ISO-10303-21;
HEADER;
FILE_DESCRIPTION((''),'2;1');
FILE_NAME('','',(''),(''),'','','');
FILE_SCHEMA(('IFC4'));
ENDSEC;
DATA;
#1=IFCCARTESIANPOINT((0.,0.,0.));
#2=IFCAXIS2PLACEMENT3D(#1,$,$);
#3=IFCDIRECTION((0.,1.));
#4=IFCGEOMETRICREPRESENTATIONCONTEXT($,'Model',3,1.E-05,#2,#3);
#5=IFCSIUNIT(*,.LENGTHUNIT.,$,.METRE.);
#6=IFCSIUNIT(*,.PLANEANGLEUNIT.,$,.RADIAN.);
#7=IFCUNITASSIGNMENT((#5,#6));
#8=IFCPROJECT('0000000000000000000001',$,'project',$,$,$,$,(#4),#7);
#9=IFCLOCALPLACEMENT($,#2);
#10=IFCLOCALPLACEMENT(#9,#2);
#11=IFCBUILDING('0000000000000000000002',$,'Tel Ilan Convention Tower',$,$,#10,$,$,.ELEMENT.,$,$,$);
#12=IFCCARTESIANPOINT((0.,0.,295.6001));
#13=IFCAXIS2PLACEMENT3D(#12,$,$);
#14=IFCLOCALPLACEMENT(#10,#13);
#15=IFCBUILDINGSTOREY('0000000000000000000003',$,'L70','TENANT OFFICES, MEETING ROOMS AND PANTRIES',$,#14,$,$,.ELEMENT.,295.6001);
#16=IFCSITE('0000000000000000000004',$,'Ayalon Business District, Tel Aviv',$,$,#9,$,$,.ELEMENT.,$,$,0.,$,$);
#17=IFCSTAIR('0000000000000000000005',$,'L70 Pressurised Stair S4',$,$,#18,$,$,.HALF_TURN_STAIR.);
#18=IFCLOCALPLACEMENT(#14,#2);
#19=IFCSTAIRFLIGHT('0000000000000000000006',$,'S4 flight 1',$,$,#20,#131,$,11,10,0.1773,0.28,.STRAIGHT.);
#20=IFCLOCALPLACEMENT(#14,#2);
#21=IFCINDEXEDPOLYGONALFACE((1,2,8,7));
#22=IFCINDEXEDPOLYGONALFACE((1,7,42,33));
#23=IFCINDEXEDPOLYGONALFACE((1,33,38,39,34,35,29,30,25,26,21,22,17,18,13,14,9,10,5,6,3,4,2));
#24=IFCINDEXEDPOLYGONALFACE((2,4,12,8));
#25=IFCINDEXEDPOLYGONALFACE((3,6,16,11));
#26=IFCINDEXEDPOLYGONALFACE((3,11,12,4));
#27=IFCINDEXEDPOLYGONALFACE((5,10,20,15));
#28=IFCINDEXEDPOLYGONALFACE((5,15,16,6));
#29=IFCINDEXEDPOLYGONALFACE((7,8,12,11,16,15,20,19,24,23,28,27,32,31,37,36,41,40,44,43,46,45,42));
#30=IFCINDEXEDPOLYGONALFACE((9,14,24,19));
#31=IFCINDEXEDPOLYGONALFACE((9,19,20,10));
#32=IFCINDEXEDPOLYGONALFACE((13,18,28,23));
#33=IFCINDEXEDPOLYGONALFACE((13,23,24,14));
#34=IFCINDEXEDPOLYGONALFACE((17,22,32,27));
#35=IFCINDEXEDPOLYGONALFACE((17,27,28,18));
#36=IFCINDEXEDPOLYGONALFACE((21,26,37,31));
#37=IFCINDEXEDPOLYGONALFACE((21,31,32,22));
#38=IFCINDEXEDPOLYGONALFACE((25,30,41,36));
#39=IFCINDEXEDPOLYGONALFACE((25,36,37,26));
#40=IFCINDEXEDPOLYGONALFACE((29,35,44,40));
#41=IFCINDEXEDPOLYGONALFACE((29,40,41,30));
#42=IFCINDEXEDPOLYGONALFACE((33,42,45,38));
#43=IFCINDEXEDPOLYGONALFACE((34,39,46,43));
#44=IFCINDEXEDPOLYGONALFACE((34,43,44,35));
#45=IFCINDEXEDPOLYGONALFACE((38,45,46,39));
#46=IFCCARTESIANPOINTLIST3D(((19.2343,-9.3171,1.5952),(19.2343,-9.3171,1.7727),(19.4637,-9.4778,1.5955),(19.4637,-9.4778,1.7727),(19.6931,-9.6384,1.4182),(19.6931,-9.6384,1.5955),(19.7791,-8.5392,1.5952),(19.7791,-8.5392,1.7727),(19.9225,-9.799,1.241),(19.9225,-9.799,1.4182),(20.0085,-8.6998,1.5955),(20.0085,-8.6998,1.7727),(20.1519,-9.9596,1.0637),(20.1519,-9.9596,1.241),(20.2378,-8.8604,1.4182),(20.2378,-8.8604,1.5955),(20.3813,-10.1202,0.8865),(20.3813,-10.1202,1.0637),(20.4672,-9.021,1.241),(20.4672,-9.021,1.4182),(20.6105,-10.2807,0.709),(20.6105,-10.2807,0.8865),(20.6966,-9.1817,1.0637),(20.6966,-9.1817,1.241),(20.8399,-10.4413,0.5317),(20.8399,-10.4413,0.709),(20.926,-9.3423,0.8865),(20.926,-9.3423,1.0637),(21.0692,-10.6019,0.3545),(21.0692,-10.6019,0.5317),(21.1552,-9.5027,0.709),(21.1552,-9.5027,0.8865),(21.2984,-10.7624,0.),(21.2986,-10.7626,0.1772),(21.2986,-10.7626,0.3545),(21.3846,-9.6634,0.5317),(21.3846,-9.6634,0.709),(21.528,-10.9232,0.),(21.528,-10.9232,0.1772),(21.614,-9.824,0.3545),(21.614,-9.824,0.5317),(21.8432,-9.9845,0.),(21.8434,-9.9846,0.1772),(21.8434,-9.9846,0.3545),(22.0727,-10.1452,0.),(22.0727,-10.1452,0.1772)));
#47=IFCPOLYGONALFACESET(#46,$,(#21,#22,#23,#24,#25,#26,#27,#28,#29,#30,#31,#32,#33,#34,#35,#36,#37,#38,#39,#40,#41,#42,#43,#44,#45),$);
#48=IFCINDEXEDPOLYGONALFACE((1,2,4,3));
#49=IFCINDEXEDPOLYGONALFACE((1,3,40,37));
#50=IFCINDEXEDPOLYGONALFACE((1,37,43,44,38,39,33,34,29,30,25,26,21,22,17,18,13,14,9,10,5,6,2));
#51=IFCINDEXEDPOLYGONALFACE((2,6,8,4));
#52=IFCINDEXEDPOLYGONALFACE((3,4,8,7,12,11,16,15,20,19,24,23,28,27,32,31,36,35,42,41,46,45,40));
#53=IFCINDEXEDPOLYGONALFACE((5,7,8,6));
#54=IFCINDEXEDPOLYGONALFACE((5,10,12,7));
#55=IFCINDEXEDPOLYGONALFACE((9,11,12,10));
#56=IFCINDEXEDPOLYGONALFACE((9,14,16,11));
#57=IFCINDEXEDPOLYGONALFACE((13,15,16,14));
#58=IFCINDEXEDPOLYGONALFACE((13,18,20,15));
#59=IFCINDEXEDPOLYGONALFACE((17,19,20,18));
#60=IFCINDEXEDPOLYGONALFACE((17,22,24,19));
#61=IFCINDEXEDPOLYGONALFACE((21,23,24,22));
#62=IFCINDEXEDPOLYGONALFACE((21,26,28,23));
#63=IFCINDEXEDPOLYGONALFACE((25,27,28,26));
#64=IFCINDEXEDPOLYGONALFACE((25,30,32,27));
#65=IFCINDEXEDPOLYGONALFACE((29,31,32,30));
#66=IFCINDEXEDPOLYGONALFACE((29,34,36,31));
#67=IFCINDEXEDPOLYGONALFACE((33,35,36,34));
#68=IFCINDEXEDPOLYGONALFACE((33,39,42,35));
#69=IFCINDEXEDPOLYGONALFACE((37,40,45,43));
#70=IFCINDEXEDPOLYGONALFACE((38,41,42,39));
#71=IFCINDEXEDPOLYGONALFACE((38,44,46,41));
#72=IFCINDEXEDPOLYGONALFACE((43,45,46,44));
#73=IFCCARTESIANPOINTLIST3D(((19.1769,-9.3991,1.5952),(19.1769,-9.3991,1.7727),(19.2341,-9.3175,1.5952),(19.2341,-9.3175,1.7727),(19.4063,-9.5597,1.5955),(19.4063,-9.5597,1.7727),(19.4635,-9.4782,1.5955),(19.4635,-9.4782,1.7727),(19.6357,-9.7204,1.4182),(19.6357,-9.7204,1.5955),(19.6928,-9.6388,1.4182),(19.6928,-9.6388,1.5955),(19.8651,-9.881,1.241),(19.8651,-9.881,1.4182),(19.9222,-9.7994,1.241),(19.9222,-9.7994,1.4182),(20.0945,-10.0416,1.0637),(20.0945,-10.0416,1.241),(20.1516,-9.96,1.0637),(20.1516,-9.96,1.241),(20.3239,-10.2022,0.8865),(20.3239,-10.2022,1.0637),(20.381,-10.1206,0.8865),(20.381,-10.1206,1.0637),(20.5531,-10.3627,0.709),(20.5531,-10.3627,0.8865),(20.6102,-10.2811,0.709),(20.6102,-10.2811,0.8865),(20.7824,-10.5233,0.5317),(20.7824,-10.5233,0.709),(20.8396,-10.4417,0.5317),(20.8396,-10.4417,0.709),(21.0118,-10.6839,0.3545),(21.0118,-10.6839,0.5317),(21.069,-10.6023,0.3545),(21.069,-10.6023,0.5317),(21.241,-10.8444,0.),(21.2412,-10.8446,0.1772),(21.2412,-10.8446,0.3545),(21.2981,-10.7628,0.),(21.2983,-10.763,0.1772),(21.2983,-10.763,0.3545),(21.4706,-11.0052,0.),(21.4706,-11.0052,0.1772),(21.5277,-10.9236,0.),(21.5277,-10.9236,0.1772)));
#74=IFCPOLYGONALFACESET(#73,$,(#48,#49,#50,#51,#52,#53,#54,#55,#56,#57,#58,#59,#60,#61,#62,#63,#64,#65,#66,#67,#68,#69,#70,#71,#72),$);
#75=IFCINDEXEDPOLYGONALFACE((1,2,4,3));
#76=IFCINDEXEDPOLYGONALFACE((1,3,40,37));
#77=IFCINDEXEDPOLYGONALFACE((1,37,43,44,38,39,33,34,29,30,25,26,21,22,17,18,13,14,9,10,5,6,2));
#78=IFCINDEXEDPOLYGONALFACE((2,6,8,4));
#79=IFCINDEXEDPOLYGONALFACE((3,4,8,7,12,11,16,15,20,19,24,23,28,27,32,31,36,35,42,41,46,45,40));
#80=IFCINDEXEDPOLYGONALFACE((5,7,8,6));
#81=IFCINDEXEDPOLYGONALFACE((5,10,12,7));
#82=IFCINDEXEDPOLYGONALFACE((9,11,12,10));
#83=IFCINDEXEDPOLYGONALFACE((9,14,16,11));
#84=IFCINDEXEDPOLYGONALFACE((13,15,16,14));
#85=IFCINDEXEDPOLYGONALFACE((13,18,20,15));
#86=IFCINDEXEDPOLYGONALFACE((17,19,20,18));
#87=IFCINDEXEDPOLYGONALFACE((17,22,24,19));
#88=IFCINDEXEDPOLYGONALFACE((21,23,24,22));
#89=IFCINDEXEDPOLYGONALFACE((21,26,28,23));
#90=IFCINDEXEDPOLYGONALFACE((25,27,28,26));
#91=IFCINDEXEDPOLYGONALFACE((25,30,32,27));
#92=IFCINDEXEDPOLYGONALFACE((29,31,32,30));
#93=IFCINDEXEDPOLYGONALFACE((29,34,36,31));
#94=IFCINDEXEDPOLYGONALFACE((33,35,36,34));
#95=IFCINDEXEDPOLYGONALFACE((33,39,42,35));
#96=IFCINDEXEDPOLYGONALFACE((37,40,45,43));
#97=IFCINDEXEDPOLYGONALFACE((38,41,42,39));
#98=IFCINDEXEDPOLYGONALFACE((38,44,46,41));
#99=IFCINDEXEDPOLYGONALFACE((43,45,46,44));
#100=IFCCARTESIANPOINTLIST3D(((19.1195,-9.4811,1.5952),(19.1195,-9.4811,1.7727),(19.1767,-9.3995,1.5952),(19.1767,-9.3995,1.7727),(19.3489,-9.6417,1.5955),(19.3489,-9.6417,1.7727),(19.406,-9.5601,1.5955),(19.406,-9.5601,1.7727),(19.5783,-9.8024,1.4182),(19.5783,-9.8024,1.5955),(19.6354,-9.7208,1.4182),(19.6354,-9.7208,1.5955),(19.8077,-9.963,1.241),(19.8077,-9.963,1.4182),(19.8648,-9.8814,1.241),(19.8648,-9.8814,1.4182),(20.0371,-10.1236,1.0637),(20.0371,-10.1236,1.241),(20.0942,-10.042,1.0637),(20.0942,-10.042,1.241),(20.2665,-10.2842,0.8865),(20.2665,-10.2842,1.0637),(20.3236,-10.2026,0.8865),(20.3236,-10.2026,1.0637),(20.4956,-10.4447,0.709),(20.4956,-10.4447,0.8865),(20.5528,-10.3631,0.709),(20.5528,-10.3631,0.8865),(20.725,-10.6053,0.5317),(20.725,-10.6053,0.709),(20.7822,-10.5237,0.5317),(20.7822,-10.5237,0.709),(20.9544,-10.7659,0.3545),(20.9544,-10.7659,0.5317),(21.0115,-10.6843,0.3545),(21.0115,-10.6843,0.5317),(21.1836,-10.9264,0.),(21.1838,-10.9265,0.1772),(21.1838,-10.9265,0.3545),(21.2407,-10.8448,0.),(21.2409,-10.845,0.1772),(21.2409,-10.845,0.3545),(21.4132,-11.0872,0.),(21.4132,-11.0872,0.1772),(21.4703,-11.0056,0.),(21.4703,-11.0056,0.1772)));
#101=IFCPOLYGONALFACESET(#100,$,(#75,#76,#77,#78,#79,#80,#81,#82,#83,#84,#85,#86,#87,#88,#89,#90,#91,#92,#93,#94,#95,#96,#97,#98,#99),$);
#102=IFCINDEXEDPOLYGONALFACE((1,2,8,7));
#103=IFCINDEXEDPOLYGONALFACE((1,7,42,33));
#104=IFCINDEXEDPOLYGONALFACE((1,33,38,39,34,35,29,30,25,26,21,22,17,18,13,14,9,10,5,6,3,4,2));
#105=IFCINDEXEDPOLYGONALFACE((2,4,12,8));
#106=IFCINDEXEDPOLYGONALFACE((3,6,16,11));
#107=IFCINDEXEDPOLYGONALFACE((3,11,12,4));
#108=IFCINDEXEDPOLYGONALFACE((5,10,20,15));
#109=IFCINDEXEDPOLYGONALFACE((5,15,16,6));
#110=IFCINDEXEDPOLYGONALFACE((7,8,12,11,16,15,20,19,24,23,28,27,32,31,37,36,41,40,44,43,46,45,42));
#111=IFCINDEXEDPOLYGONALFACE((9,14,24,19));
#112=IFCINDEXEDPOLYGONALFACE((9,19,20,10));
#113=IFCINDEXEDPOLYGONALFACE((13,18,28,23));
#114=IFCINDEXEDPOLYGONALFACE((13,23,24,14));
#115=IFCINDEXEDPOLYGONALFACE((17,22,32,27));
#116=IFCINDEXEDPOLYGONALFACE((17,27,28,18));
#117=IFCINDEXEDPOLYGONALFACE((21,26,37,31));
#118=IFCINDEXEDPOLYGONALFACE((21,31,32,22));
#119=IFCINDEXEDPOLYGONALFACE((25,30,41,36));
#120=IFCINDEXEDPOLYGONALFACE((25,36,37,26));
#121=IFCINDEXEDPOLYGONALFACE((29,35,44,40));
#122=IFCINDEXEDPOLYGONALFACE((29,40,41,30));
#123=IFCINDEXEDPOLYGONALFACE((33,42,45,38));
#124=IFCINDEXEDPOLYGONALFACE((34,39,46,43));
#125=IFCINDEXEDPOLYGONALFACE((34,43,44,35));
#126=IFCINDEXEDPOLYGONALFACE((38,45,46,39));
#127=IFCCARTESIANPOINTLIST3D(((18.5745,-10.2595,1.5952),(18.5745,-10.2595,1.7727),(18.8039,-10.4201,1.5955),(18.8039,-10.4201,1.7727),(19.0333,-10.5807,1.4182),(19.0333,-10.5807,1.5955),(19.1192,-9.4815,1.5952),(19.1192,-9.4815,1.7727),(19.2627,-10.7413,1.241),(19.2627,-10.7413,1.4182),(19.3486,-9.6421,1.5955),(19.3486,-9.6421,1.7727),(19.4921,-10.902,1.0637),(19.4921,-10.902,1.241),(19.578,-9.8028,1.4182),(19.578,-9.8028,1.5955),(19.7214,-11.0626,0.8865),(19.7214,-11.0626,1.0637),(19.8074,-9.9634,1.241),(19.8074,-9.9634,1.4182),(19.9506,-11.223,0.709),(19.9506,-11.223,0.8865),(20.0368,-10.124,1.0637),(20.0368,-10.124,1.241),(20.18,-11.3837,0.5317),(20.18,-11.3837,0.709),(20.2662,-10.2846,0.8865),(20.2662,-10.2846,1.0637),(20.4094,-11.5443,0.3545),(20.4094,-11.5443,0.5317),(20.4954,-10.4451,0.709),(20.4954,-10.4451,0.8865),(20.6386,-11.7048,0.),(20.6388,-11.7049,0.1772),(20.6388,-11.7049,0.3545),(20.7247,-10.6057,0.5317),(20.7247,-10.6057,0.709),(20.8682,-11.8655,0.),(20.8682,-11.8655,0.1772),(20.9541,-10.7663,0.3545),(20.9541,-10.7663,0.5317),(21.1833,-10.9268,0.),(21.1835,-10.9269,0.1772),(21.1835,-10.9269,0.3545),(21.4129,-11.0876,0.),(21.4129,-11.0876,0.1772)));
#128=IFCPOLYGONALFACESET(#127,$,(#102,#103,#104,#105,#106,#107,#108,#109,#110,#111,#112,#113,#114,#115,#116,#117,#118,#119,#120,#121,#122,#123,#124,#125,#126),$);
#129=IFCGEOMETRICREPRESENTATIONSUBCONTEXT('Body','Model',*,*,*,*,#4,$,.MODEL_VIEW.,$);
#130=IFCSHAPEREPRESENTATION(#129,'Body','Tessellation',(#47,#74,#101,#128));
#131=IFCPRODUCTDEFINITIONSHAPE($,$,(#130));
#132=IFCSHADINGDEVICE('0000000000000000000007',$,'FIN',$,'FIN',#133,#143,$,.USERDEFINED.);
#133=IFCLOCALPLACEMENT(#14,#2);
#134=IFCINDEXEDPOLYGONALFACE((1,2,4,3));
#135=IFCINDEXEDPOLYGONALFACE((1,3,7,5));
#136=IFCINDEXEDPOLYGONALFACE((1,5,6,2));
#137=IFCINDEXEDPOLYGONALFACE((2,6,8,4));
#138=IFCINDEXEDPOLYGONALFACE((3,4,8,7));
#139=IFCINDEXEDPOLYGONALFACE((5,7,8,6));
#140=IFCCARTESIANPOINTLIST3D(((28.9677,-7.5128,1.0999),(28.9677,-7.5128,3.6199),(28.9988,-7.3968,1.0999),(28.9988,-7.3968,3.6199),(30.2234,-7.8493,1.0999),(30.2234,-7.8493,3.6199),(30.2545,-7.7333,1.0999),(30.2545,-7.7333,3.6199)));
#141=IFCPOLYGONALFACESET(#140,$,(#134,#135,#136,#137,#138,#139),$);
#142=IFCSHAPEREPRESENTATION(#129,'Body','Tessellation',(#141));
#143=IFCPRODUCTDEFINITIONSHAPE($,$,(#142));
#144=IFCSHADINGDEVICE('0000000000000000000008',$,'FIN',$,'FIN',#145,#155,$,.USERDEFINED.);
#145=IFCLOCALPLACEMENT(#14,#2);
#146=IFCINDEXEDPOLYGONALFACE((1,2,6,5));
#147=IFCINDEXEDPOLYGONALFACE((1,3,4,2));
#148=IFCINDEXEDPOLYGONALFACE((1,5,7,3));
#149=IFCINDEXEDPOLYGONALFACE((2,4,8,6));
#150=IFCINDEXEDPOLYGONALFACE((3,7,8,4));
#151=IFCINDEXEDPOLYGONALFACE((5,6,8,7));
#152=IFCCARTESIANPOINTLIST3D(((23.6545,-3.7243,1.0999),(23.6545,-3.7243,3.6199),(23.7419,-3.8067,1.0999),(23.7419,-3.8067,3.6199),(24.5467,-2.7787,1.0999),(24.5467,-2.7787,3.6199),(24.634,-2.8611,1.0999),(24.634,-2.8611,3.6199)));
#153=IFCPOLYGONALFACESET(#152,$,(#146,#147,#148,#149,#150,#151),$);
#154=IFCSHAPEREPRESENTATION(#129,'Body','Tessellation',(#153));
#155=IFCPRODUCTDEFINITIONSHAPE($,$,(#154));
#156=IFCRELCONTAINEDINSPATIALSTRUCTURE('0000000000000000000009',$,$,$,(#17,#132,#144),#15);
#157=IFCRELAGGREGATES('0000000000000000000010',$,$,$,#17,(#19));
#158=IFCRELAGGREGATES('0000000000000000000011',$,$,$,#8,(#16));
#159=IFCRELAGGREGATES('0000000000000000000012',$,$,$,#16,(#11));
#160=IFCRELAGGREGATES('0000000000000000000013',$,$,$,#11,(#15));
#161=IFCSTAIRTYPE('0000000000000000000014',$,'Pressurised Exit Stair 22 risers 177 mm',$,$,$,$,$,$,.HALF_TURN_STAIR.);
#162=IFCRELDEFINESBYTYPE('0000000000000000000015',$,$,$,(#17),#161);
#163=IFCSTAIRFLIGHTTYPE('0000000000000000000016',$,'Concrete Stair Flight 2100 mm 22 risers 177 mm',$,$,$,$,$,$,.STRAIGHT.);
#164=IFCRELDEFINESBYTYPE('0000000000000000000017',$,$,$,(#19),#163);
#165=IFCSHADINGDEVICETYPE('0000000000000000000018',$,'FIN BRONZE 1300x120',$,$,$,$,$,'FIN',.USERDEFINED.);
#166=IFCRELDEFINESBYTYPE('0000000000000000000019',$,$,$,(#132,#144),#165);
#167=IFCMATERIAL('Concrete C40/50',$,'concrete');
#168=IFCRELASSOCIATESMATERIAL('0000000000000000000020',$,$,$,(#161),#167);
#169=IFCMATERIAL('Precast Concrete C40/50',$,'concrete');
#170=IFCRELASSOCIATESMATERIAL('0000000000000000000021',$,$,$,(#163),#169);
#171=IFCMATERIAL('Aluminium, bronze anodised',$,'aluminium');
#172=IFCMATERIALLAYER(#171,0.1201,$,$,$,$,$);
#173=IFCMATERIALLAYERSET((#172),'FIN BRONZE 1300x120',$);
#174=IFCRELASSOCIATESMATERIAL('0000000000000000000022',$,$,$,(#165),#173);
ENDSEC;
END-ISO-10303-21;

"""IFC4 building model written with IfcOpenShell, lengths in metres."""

from ifc_helpers import new_model, si_unit, direction, frame, origin, origin_2d, place, context, subcontext, project, spatial, polyline, rectangle, outline, extrude, material, layer, layer_set, type_object, element, aggregate, save


model = new_model("IFC4")

# Units and contexts
model_context = context("Model", 3, precision=1e-05, world=origin(), true_north=direction((0.0, 1.0)))
body_context = subcontext(model_context, "Body", "Model", "MODEL_VIEW")
ifc_project = project(units=[si_unit("LENGTHUNIT", "METRE"), si_unit("PLANEANGLEUNIT", "RADIAN")], contexts=[model_context])

# Site, building, storey
site_placement = place(None, origin())
site = spatial("IfcSite", under=ifc_project, at=site_placement, Name="Ayalon Business District, Tel Aviv", CompositionType="ELEMENT", RefElevation=0.0)
building_placement = place(site_placement, origin())
building = spatial("IfcBuilding", under=site, at=building_placement, Name="Tel Ilan Convention Tower", CompositionType="ELEMENT")
storey_placement = place(building_placement, frame((0.0, 0.0, 295.6001)))
storey = spatial("IfcBuildingStorey", under=building, at=storey_placement, Name="L70", Description="TENANT OFFICES, MEETING ROOMS AND PANTRIES", CompositionType="ELEMENT", Elevation=295.6001)

# Stair, stair flight
ifc_material_1 = material(Name="Concrete C40/50", Category="concrete")
stair_type = type_object("IfcStairType", Name="Pressurised Exit Stair 22 risers 177 mm", PredefinedType="HALF_TURN_STAIR", material=ifc_material_1)
ifc_material_2 = material(Name="Precast Concrete C40/50", Category="concrete")
stair_flight_type = type_object("IfcStairFlightType", Name="Concrete Stair Flight 2100 mm 22 risers 177 mm", PredefinedType="STRAIGHT", material=ifc_material_2)
stair_1_placement = place(storey_placement, origin())
stair_1 = element("IfcStair", 1, at=stair_1_placement, inside=storey, type_object=stair_type, Name="L70 Pressurised Stair S4", PredefinedType="HALF_TURN_STAIR")
stair_flight_1_placement = place(storey_placement, frame((21.4705, -11.0054, 0.0), z_axis=(0.0, 0.0, 1.0), x_axis=(-0.819152, 0.573576, 0.0)))
stair_flight_1 = element("IfcStairFlight", 2, at=stair_flight_1_placement, type_object=stair_flight_type, Name="S4 flight 1", NumberOfRisers=11, NumberOfTreads=10, PredefinedType="STRAIGHT", RiserHeight=0.1773, TreadLength=0.28, context=body_context, shape_type="SweptSolid", body=[
    extrude(outline(polyline([(0.0, 0.0), (0.0, 0.1772), (0.28, 0.1772), (0.28, 0.3545), (0.5601, 0.3545), (0.5601, 0.5317), (0.8401, 0.5317), (0.8401, 0.709), (1.1201, 0.709), (1.1201, 0.8865), (1.3999, 0.8865), (1.3999, 1.0637), (1.6799, 1.0637), (1.6799, 1.241), (1.96, 1.241), (1.96, 1.4182), (2.24, 1.4182), (2.24, 1.5955), (2.52, 1.5955), (2.52, 1.7727), (2.8, 1.7727), (2.8, 1.95), (2.8, 1.5952), (0.2803, 0.0), (0.0, 0.0)])), frame((0.0, -0.1003, 0.0), z_axis=(0.0, -1.0, 0.0), x_axis=(1.0, 0.0, 0.0)), (0.0, 0.0, 1.0), 0.9497),
    extrude(outline(polyline([(0.0, 0.0), (0.0, 0.1772), (0.28, 0.1772), (0.28, 0.3545), (0.5601, 0.3545), (0.5601, 0.5317), (0.8401, 0.5317), (0.8401, 0.709), (1.1201, 0.709), (1.1201, 0.8865), (1.3999, 0.8865), (1.3999, 1.0637), (1.6799, 1.0637), (1.6799, 1.241), (1.96, 1.241), (1.96, 1.4182), (2.24, 1.4182), (2.24, 1.5955), (2.52, 1.5955), (2.52, 1.7727), (2.8, 1.7727), (2.8, 1.95), (2.8, 1.5952), (0.2803, 0.0), (0.0, 0.0)])), frame((0.0, -0.0002, 0.0), z_axis=(0.0, -1.0, 0.0), x_axis=(1.0, 0.0, 0.0)), (0.0, 0.0, 1.0), 0.0996),
    extrude(outline(polyline([(0.0, 0.0), (0.0, 0.1772), (0.28, 0.1772), (0.28, 0.3545), (0.5601, 0.3545), (0.5601, 0.5317), (0.8401, 0.5317), (0.8401, 0.709), (1.1201, 0.709), (1.1201, 0.8865), (1.3999, 0.8865), (1.3999, 1.0637), (1.6799, 1.0637), (1.6799, 1.241), (1.96, 1.241), (1.96, 1.4182), (2.24, 1.4182), (2.24, 1.5955), (2.52, 1.5955), (2.52, 1.7727), (2.8, 1.7727), (2.8, 1.95), (2.8, 1.5952), (0.2803, 0.0), (0.0, 0.0)])), frame((0.0, 0.0999, 0.0), z_axis=(0.0, -1.0, 0.0), x_axis=(1.0, 0.0, 0.0)), (0.0, 0.0, 1.0), 0.0996),
    extrude(outline(polyline([(0.0, 0.0), (0.0, 0.1772), (0.28, 0.1772), (0.28, 0.3545), (0.5601, 0.3545), (0.5601, 0.5317), (0.8401, 0.5317), (0.8401, 0.709), (1.1201, 0.709), (1.1201, 0.8865), (1.3999, 0.8865), (1.3999, 1.0637), (1.6799, 1.0637), (1.6799, 1.241), (1.96, 1.241), (1.96, 1.4182), (2.24, 1.4182), (2.24, 1.5955), (2.52, 1.5955), (2.52, 1.7727), (2.8, 1.7727), (2.8, 1.95), (2.8, 1.5952), (0.2803, 0.0), (0.0, 0.0)])), frame((0.0, 1.05, 0.0), z_axis=(0.0, -1.0, 0.0), x_axis=(1.0, 0.0, 0.0)), (0.0, 0.0, 1.0), 0.9497),
])
aggregate(stair_1, [stair_flight_1])

# Shading devices
ifc_material_3 = material(Name="Aluminium, bronze anodised", Category="aluminium")
ifc_layer_1 = layer(ifc_material_3, 0.1201)
ifc_layer_set_1 = layer_set([ifc_layer_1], Name="FIN BRONZE 1300x120")
shading_device_type = type_object("IfcShadingDeviceType", Name="FIN BRONZE 1300x120", ElementType="FIN", PredefinedType="USERDEFINED", material=ifc_layer_set_1)
for number, where, z_axis, x_axis, name in (
    (3, (29.6111, -7.623, 1.0999), (0.0, 0.0, 1.0), (0.965926, -0.258819, 0.0), "FIN"),
    (4, (24.1443, -3.2927, 1.0999), (0.0, 0.0, 1.0), (0.686242, 0.727374, 0.0), "FIN"),
):
    element("IfcShadingDevice", number, at=place(storey_placement, frame(where, z_axis=z_axis, x_axis=x_axis)), inside=storey, type_object=shading_device_type, Name=name, ObjectType="FIN", PredefinedType="USERDEFINED", context=body_context, shape_type="SweptSolid", body=[
        extrude(rectangle(XDim=1.3, YDim=0.1201, at=origin_2d()), origin(), (0.0, 0.0, 1.0), 2.52),
    ])

save(model, "model.ifc")
